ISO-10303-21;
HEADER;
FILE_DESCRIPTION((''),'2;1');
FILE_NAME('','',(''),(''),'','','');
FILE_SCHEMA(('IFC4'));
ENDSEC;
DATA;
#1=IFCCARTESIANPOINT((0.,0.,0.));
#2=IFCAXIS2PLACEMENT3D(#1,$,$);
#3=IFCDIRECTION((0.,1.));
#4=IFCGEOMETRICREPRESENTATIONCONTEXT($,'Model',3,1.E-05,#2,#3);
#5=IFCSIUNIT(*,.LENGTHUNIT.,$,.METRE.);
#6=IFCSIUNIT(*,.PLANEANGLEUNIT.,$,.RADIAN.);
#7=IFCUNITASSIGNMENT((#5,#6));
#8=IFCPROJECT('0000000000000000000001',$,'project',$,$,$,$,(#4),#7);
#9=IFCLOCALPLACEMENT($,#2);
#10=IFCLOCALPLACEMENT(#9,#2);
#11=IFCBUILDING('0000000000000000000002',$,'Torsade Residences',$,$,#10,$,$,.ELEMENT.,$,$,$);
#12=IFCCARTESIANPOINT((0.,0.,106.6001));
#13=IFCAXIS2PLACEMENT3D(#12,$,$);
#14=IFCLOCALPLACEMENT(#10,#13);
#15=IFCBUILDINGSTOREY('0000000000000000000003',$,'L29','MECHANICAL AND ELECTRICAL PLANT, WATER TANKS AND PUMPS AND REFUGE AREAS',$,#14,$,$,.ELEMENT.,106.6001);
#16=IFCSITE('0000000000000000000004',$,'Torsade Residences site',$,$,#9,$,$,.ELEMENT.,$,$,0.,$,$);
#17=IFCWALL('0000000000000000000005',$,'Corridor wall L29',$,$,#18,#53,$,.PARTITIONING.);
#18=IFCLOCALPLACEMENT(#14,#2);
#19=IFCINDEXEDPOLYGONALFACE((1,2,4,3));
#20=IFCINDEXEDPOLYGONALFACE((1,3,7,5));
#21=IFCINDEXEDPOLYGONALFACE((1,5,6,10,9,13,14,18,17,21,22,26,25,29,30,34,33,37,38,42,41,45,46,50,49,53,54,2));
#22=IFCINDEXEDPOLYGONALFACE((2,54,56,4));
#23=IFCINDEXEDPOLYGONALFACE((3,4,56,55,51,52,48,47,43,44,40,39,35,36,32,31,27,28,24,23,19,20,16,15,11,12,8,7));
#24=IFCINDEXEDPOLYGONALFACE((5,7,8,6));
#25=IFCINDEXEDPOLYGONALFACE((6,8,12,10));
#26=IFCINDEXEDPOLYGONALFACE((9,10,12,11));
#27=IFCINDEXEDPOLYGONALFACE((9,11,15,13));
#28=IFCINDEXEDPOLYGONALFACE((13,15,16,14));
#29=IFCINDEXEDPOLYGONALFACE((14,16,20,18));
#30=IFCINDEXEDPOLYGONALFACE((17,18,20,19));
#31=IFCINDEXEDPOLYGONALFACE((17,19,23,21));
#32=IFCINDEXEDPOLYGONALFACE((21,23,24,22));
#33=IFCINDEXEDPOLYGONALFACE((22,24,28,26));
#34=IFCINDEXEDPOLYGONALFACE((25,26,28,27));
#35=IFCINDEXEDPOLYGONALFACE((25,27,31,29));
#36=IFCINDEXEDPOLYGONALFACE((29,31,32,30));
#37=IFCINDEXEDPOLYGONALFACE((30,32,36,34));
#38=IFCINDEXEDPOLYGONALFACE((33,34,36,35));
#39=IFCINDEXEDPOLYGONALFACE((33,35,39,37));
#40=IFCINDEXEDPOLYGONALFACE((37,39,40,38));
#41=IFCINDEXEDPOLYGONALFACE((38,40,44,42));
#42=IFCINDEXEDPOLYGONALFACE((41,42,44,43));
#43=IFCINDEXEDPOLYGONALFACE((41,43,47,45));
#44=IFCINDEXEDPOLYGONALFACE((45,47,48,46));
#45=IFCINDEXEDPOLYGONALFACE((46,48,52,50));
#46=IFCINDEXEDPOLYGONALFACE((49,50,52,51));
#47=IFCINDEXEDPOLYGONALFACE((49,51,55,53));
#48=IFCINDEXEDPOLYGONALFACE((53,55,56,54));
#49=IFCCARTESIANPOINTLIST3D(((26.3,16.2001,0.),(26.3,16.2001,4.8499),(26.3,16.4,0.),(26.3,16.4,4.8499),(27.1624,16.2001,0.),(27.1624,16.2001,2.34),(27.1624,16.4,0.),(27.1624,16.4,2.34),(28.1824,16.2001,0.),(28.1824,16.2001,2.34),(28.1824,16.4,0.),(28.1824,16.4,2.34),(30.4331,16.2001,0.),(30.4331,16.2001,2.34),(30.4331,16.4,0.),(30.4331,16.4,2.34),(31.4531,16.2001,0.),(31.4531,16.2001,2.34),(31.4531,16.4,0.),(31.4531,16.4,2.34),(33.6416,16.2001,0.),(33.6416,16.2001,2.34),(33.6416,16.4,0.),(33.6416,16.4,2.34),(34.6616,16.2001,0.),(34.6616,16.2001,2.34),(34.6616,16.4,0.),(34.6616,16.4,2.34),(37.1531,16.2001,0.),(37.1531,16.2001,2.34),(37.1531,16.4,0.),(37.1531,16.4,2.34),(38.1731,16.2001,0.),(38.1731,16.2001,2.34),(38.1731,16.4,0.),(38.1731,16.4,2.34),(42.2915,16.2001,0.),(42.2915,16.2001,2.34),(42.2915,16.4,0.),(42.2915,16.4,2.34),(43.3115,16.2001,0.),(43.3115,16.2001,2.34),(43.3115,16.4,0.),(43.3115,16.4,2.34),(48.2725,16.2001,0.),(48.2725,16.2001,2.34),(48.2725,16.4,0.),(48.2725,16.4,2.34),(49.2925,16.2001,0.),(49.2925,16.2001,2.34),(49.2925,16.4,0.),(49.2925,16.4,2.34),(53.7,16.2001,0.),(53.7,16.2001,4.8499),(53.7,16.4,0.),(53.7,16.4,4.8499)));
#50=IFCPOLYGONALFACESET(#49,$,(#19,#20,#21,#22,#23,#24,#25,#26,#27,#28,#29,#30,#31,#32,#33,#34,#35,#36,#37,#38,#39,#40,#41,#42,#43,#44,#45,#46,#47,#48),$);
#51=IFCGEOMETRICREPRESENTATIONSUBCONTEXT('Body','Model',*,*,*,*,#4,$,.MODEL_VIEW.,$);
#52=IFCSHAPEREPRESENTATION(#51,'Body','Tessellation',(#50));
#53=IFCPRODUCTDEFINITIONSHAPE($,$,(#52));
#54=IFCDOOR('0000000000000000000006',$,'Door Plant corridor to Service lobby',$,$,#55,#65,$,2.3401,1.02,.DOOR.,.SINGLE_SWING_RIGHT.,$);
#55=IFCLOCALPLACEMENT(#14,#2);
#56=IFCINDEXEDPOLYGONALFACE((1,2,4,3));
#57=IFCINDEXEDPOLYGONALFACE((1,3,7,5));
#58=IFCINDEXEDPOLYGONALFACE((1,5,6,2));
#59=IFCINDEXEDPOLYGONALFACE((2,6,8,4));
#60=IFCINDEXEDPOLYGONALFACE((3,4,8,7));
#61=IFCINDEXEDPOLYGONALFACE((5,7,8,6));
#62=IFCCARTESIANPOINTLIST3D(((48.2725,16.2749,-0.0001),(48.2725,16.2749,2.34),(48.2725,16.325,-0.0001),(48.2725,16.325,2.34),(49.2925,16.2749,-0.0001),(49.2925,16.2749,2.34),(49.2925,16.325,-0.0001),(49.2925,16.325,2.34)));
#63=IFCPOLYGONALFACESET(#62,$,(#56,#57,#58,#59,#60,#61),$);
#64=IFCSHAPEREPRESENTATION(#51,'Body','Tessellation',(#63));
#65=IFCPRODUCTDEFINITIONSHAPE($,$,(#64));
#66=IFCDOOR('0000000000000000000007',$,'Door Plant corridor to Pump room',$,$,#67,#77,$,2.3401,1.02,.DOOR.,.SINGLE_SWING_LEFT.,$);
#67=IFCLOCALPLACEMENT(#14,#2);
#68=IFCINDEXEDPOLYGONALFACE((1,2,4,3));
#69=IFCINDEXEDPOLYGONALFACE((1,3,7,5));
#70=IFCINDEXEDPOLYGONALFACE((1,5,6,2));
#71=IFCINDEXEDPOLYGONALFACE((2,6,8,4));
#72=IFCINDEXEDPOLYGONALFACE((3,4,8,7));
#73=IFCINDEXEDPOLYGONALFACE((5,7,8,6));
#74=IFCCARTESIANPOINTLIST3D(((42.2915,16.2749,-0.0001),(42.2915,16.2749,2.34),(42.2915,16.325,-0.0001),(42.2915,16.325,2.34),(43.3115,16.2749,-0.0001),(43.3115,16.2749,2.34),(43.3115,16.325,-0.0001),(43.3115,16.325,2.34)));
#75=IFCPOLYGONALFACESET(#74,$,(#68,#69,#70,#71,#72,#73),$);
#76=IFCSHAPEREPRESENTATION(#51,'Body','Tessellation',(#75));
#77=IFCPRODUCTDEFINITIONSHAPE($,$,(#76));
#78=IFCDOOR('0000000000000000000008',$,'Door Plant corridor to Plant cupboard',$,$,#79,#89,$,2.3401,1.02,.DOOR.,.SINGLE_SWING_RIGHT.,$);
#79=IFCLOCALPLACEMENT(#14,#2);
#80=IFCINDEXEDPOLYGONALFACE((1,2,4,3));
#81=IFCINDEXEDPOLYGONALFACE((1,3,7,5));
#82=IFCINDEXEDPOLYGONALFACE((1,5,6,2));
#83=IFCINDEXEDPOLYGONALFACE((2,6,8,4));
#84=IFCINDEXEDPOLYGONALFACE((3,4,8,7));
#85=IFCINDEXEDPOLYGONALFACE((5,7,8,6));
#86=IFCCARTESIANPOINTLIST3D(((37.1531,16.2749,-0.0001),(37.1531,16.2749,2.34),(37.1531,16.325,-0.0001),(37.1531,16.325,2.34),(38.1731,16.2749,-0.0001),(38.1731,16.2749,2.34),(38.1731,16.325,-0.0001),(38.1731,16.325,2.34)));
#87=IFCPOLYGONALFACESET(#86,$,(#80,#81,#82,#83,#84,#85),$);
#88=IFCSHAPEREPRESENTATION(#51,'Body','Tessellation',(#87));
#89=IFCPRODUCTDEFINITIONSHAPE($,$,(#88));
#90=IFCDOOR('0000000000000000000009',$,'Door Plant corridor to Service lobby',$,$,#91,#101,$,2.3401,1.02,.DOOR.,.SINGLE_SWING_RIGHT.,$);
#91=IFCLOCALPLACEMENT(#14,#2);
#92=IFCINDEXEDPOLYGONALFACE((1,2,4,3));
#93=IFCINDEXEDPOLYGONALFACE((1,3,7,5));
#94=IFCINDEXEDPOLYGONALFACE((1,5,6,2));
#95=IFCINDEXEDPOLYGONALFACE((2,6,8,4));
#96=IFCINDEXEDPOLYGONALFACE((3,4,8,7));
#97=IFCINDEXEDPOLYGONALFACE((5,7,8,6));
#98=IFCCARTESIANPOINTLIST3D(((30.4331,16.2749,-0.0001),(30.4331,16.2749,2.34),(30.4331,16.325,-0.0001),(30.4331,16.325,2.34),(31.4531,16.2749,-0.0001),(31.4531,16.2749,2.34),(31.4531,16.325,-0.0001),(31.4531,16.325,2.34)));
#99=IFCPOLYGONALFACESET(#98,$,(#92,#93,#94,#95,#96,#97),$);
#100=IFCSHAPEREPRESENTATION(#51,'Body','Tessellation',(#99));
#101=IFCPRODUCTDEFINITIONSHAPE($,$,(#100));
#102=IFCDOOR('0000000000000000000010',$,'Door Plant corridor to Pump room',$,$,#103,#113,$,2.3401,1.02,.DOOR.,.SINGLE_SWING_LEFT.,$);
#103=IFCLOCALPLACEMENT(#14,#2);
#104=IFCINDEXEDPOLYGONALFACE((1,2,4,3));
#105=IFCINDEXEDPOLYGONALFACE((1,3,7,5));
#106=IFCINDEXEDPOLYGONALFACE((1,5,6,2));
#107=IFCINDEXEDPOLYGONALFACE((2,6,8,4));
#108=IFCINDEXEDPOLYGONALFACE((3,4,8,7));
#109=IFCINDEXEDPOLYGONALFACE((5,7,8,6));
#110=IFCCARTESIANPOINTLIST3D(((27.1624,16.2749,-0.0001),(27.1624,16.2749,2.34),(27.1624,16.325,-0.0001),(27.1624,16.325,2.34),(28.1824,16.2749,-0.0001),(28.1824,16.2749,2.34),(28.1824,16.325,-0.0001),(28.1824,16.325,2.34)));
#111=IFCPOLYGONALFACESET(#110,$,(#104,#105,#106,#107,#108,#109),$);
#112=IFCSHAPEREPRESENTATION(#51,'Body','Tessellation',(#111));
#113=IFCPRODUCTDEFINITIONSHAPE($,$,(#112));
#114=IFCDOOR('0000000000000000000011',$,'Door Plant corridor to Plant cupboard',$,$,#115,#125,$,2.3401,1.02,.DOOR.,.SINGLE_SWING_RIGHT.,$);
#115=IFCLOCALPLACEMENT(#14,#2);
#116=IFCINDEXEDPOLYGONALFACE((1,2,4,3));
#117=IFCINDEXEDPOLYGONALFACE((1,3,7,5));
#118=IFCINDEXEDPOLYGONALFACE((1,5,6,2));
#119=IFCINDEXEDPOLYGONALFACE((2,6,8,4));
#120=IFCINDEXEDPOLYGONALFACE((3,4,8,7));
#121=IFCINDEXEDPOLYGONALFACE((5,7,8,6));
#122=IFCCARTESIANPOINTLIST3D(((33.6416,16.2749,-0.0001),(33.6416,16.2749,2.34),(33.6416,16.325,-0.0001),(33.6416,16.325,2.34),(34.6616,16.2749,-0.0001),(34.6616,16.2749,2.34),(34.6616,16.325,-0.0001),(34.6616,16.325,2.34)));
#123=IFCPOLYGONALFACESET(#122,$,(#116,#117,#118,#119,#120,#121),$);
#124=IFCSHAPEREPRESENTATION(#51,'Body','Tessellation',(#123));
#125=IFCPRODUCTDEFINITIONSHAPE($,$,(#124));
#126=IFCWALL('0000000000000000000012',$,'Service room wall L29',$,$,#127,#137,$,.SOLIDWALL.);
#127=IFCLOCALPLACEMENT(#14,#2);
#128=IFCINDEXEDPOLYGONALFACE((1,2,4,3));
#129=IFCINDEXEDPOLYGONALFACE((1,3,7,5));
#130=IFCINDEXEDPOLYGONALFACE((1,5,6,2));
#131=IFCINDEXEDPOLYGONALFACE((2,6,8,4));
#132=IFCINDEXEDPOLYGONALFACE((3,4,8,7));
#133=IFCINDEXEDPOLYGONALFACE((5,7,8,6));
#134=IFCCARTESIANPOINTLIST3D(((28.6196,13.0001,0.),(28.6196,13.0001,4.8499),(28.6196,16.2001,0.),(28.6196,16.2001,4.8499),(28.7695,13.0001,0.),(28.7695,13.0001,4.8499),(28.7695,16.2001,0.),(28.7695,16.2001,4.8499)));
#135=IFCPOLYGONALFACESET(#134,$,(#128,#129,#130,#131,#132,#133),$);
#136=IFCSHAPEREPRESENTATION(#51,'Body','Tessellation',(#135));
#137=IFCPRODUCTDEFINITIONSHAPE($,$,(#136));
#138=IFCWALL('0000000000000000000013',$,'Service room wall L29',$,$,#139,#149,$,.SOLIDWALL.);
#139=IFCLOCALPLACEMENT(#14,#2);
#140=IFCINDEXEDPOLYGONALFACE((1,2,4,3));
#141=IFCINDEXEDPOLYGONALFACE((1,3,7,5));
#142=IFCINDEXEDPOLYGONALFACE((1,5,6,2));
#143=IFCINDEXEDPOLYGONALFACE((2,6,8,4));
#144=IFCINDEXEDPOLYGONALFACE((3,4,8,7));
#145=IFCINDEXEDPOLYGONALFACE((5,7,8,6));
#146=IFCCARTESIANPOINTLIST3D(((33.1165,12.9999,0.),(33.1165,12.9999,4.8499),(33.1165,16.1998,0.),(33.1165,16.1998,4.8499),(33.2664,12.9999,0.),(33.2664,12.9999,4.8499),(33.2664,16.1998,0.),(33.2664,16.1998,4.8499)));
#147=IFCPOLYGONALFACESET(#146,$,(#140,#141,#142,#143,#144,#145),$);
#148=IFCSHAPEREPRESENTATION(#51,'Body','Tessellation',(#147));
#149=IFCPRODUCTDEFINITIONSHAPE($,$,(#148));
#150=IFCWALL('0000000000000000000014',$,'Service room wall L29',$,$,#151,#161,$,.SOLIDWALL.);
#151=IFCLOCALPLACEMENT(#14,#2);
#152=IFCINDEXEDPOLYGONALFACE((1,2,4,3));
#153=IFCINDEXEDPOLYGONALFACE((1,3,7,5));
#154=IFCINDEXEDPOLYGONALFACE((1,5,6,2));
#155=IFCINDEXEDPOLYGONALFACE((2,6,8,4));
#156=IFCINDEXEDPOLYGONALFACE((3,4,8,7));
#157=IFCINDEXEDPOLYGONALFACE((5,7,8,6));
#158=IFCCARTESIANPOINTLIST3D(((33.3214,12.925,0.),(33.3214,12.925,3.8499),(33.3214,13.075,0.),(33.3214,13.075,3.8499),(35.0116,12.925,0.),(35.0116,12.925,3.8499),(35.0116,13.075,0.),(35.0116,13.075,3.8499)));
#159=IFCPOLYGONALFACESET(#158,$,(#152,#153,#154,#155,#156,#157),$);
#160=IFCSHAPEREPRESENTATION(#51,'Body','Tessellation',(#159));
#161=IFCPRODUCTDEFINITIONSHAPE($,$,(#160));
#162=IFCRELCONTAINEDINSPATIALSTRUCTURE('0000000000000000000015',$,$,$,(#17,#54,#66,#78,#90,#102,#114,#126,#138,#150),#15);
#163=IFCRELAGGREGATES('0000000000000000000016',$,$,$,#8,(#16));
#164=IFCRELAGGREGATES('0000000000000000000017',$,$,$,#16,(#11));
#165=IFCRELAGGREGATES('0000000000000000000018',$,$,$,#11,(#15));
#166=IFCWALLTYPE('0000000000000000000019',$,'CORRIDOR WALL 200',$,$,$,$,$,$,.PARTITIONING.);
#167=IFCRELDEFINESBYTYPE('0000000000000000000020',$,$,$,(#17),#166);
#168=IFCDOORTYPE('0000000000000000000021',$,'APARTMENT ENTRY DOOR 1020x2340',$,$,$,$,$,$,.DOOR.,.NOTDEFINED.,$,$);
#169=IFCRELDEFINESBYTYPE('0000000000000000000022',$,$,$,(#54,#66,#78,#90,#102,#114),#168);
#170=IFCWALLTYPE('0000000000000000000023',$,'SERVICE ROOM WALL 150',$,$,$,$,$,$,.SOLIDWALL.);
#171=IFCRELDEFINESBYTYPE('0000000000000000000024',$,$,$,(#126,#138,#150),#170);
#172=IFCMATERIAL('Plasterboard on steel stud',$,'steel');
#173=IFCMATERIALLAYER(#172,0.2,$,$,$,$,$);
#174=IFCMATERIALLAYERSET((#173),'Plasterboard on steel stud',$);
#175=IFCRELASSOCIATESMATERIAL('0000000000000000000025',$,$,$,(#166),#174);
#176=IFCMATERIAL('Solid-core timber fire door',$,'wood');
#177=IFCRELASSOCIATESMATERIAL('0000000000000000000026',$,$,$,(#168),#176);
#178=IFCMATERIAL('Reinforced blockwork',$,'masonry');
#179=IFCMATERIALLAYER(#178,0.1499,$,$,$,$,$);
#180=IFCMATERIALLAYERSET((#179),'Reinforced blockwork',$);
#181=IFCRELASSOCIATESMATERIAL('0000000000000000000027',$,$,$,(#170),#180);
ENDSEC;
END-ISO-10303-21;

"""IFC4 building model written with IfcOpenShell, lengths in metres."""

from ifc_helpers import new_model, si_unit, direction, frame, frame_2d, origin, place, context, subcontext, project, spatial, rectangle, extrude, material, layer, layer_set, type_object, element, fill, save


model = new_model("IFC4")

# Units and contexts
model_context = context("Model", 3, precision=1e-05, world=origin(), true_north=direction((0.0, 1.0)))
body_context = subcontext(model_context, "Body", "Model", "MODEL_VIEW")
ifc_project = project(units=[si_unit("LENGTHUNIT", "METRE"), si_unit("PLANEANGLEUNIT", "RADIAN")], contexts=[model_context])

# Site, building, storey
site_placement = place(None, origin())
site = spatial("IfcSite", under=ifc_project, at=site_placement, Name="Torsade Residences site", CompositionType="ELEMENT", RefElevation=0.0)
building_placement = place(site_placement, origin())
building = spatial("IfcBuilding", under=site, at=building_placement, Name="Torsade Residences", CompositionType="ELEMENT")
storey_placement = place(building_placement, frame((0.0, 0.0, 106.6001)))
storey = spatial("IfcBuildingStorey", under=building, at=storey_placement, Name="L29", Description="MECHANICAL AND ELECTRICAL PLANT, WATER TANKS AND PUMPS AND REFUGE AREAS", CompositionType="ELEMENT", Elevation=106.6001)

# Wall, openings, doors
ifc_material_1 = material(Name="Plasterboard on steel stud", Category="steel")
ifc_layer_1 = layer(ifc_material_1, 0.2)
ifc_layer_set_1 = layer_set([ifc_layer_1], Name="Plasterboard on steel stud")
wall_type_1 = type_object("IfcWallType", Name="CORRIDOR WALL 200", PredefinedType="PARTITIONING", material=ifc_layer_set_1)
wall_1_placement = place(storey_placement, frame((26.3, 16.3, 0.0), z_axis=(0.0, 0.0, 1.0), x_axis=(1.0, 0.0, 0.0)))
wall_1 = element("IfcWall", 1, at=wall_1_placement, inside=storey, type_object=wall_type_1, Name="Corridor wall L29", PredefinedType="PARTITIONING", context=body_context, shape_type="SweptSolid", body=[
    extrude(rectangle(XDim=27.3999, YDim=0.2, at=frame_2d((13.7, 0.0))), origin(), (0.0, 0.0, 1.0), 4.8499),
])
opening_1_placement = place(wall_1_placement, frame((21.9724, 0.0, 0.0)))
opening_1 = element("IfcOpeningElement", 2, at=opening_1_placement, cuts=wall_1, PredefinedType="OPENING", context=body_context, shape_type="SweptSolid", body=[
    extrude(rectangle(XDim=1.02, YDim=2.3401, at=frame_2d((0.51, 1.1699))), frame((0.0, 0.1099, 0.0), z_axis=(0.0, -1.0, 0.0), x_axis=(1.0, 0.0, 0.0)), (0.0, 0.0, 1.0), 0.22),
])
opening_2_placement = place(wall_1_placement, frame((15.9915, 0.0, 0.0)))
opening_2 = element("IfcOpeningElement", 3, at=opening_2_placement, cuts=wall_1, PredefinedType="OPENING", context=body_context, shape_type="SweptSolid", body=[
    extrude(rectangle(XDim=1.02, YDim=2.3401, at=frame_2d((0.51, 1.1699))), frame((0.0, 0.1099, 0.0), z_axis=(0.0, -1.0, 0.0), x_axis=(1.0, 0.0, 0.0)), (0.0, 0.0, 1.0), 0.22),
])
opening_3_placement = place(wall_1_placement, frame((10.853, 0.0, 0.0)))
opening_3 = element("IfcOpeningElement", 4, at=opening_3_placement, cuts=wall_1, PredefinedType="OPENING", context=body_context, shape_type="SweptSolid", body=[
    extrude(rectangle(XDim=1.02, YDim=2.3401, at=frame_2d((0.51, 1.1699))), frame((0.0, 0.1099, 0.0), z_axis=(0.0, -1.0, 0.0), x_axis=(1.0, 0.0, 0.0)), (0.0, 0.0, 1.0), 0.22),
])
opening_4_placement = place(wall_1_placement, frame((4.1331, 0.0, 0.0)))
opening_4 = element("IfcOpeningElement", 5, at=opening_4_placement, cuts=wall_1, PredefinedType="OPENING", context=body_context, shape_type="SweptSolid", body=[
    extrude(rectangle(XDim=1.02, YDim=2.3401, at=frame_2d((0.51, 1.1699))), frame((0.0, 0.1099, 0.0), z_axis=(0.0, -1.0, 0.0), x_axis=(1.0, 0.0, 0.0)), (0.0, 0.0, 1.0), 0.22),
])
opening_5_placement = place(wall_1_placement, frame((0.8623, 0.0, 0.0)))
opening_5 = element("IfcOpeningElement", 6, at=opening_5_placement, cuts=wall_1, PredefinedType="OPENING", context=body_context, shape_type="SweptSolid", body=[
    extrude(rectangle(XDim=1.02, YDim=2.3401, at=frame_2d((0.51, 1.1699))), frame((0.0, 0.1099, 0.0), z_axis=(0.0, -1.0, 0.0), x_axis=(1.0, 0.0, 0.0)), (0.0, 0.0, 1.0), 0.22),
])
opening_6_placement = place(wall_1_placement, frame((7.3416, 0.0, 0.0)))
opening_6 = element("IfcOpeningElement", 7, at=opening_6_placement, cuts=wall_1, PredefinedType="OPENING", context=body_context, shape_type="SweptSolid", body=[
    extrude(rectangle(XDim=1.02, YDim=2.3401, at=frame_2d((0.51, 1.1699))), frame((0.0, 0.1099, 0.0), z_axis=(0.0, -1.0, 0.0), x_axis=(1.0, 0.0, 0.0)), (0.0, 0.0, 1.0), 0.22),
])
ifc_material_2 = material(Name="Solid-core timber fire door", Category="wood")
door_type_1 = type_object("IfcDoorType", Name="APARTMENT ENTRY DOOR 1020x2340", OperationType="NOTDEFINED", PredefinedType="DOOR", material=ifc_material_2)
door_1_placement = place(opening_1_placement, origin())
door_1 = element("IfcDoor", 8, at=door_1_placement, inside=storey, type_object=door_type_1, Name="Door Plant corridor to Service lobby", OperationType="SINGLE_SWING_RIGHT", OverallHeight=2.3401, OverallWidth=1.02, PredefinedType="DOOR", context=body_context, shape_type="SweptSolid", body=[
    extrude(rectangle(XDim=1.02, YDim=2.3401, at=frame_2d((0.51, 1.1699))), frame((0.0, 0.0249, 0.0), z_axis=(0.0, -1.0, 0.0), x_axis=(1.0, 0.0, 0.0)), (0.0, 0.0, 1.0), 0.05),
])
fill(opening_1, door_1)
door_2_placement = place(opening_2_placement, origin())
door_2 = element("IfcDoor", 9, at=door_2_placement, inside=storey, type_object=door_type_1, Name="Door Plant corridor to Pump room", OperationType="SINGLE_SWING_LEFT", OverallHeight=2.3401, OverallWidth=1.02, PredefinedType="DOOR", context=body_context, shape_type="SweptSolid", body=[
    extrude(rectangle(XDim=1.02, YDim=2.3401, at=frame_2d((0.51, 1.1699))), frame((0.0, 0.0249, 0.0), z_axis=(0.0, -1.0, 0.0), x_axis=(1.0, 0.0, 0.0)), (0.0, 0.0, 1.0), 0.05),
])
fill(opening_2, door_2)
door_3_placement = place(opening_3_placement, origin())
door_3 = element("IfcDoor", 10, at=door_3_placement, inside=storey, type_object=door_type_1, Name="Door Plant corridor to Plant cupboard", OperationType="SINGLE_SWING_RIGHT", OverallHeight=2.3401, OverallWidth=1.02, PredefinedType="DOOR", context=body_context, shape_type="SweptSolid", body=[
    extrude(rectangle(XDim=1.02, YDim=2.3401, at=frame_2d((0.51, 1.1699))), frame((0.0, 0.0249, 0.0), z_axis=(0.0, -1.0, 0.0), x_axis=(1.0, 0.0, 0.0)), (0.0, 0.0, 1.0), 0.05),
])
fill(opening_3, door_3)
door_4_placement = place(opening_4_placement, origin())
door_4 = element("IfcDoor", 11, at=door_4_placement, inside=storey, type_object=door_type_1, Name="Door Plant corridor to Service lobby", OperationType="SINGLE_SWING_RIGHT", OverallHeight=2.3401, OverallWidth=1.02, PredefinedType="DOOR", context=body_context, shape_type="SweptSolid", body=[
    extrude(rectangle(XDim=1.02, YDim=2.3401, at=frame_2d((0.51, 1.1699))), frame((0.0, 0.0249, 0.0), z_axis=(0.0, -1.0, 0.0), x_axis=(1.0, 0.0, 0.0)), (0.0, 0.0, 1.0), 0.05),
])
fill(opening_4, door_4)
door_5_placement = place(opening_5_placement, origin())
door_5 = element("IfcDoor", 12, at=door_5_placement, inside=storey, type_object=door_type_1, Name="Door Plant corridor to Pump room", OperationType="SINGLE_SWING_LEFT", OverallHeight=2.3401, OverallWidth=1.02, PredefinedType="DOOR", context=body_context, shape_type="SweptSolid", body=[
    extrude(rectangle(XDim=1.02, YDim=2.3401, at=frame_2d((0.51, 1.1699))), frame((0.0, 0.0249, 0.0), z_axis=(0.0, -1.0, 0.0), x_axis=(1.0, 0.0, 0.0)), (0.0, 0.0, 1.0), 0.05),
])
fill(opening_5, door_5)
door_6_placement = place(opening_6_placement, origin())
door_6 = element("IfcDoor", 13, at=door_6_placement, inside=storey, type_object=door_type_1, Name="Door Plant corridor to Plant cupboard", OperationType="SINGLE_SWING_RIGHT", OverallHeight=2.3401, OverallWidth=1.02, PredefinedType="DOOR", context=body_context, shape_type="SweptSolid", body=[
    extrude(rectangle(XDim=1.02, YDim=2.3401, at=frame_2d((0.51, 1.1699))), frame((0.0, 0.0249, 0.0), z_axis=(0.0, -1.0, 0.0), x_axis=(1.0, 0.0, 0.0)), (0.0, 0.0, 1.0), 0.05),
])
fill(opening_6, door_6)

# Walls
ifc_material_3 = material(Name="Reinforced blockwork", Category="masonry")
ifc_layer_2 = layer(ifc_material_3, 0.1499)
ifc_layer_set_2 = layer_set([ifc_layer_2], Name="Reinforced blockwork")
wall_type_2 = type_object("IfcWallType", Name="SERVICE ROOM WALL 150", PredefinedType="SOLIDWALL", material=ifc_layer_set_2)
for number, where, z_axis, x_axis, name in (
    (14, (28.6946, 13.0, 0.0), (0.0, 0.0, 1.0), (0.0, 1.0, 0.0), "Service room wall L29"),
    (15, (33.1914, 16.2, 0.0), (0.0, 0.0, 1.0), (0.0, -1.0, 0.0), "Service room wall L29"),
):
    element("IfcWall", number, at=place(storey_placement, frame(where, z_axis=z_axis, x_axis=x_axis)), inside=storey, type_object=wall_type_2, Name=name, PredefinedType="SOLIDWALL", context=body_context, shape_type="SweptSolid", body=[
        extrude(rectangle(XDim=3.2, YDim=0.1499, at=frame_2d((1.6001, 0.0))), origin(), (0.0, 0.0, 1.0), 4.8499),
    ])
wall_2_placement = place(storey_placement, frame((35.0117, 13.0, 0.0), z_axis=(0.0, 0.0, 1.0), x_axis=(-1.0, 0.0, 0.0)))
element("IfcWall", 16, at=wall_2_placement, inside=storey, type_object=wall_type_2, Name="Service room wall L29", PredefinedType="SOLIDWALL", context=body_context, shape_type="SweptSolid", body=[
    extrude(rectangle(XDim=1.6902, YDim=0.1499, at=frame_2d((0.8452, 0.0))), origin(), (0.0, 0.0, 1.0), 3.8499),
])

save(model, "model.ifc")
